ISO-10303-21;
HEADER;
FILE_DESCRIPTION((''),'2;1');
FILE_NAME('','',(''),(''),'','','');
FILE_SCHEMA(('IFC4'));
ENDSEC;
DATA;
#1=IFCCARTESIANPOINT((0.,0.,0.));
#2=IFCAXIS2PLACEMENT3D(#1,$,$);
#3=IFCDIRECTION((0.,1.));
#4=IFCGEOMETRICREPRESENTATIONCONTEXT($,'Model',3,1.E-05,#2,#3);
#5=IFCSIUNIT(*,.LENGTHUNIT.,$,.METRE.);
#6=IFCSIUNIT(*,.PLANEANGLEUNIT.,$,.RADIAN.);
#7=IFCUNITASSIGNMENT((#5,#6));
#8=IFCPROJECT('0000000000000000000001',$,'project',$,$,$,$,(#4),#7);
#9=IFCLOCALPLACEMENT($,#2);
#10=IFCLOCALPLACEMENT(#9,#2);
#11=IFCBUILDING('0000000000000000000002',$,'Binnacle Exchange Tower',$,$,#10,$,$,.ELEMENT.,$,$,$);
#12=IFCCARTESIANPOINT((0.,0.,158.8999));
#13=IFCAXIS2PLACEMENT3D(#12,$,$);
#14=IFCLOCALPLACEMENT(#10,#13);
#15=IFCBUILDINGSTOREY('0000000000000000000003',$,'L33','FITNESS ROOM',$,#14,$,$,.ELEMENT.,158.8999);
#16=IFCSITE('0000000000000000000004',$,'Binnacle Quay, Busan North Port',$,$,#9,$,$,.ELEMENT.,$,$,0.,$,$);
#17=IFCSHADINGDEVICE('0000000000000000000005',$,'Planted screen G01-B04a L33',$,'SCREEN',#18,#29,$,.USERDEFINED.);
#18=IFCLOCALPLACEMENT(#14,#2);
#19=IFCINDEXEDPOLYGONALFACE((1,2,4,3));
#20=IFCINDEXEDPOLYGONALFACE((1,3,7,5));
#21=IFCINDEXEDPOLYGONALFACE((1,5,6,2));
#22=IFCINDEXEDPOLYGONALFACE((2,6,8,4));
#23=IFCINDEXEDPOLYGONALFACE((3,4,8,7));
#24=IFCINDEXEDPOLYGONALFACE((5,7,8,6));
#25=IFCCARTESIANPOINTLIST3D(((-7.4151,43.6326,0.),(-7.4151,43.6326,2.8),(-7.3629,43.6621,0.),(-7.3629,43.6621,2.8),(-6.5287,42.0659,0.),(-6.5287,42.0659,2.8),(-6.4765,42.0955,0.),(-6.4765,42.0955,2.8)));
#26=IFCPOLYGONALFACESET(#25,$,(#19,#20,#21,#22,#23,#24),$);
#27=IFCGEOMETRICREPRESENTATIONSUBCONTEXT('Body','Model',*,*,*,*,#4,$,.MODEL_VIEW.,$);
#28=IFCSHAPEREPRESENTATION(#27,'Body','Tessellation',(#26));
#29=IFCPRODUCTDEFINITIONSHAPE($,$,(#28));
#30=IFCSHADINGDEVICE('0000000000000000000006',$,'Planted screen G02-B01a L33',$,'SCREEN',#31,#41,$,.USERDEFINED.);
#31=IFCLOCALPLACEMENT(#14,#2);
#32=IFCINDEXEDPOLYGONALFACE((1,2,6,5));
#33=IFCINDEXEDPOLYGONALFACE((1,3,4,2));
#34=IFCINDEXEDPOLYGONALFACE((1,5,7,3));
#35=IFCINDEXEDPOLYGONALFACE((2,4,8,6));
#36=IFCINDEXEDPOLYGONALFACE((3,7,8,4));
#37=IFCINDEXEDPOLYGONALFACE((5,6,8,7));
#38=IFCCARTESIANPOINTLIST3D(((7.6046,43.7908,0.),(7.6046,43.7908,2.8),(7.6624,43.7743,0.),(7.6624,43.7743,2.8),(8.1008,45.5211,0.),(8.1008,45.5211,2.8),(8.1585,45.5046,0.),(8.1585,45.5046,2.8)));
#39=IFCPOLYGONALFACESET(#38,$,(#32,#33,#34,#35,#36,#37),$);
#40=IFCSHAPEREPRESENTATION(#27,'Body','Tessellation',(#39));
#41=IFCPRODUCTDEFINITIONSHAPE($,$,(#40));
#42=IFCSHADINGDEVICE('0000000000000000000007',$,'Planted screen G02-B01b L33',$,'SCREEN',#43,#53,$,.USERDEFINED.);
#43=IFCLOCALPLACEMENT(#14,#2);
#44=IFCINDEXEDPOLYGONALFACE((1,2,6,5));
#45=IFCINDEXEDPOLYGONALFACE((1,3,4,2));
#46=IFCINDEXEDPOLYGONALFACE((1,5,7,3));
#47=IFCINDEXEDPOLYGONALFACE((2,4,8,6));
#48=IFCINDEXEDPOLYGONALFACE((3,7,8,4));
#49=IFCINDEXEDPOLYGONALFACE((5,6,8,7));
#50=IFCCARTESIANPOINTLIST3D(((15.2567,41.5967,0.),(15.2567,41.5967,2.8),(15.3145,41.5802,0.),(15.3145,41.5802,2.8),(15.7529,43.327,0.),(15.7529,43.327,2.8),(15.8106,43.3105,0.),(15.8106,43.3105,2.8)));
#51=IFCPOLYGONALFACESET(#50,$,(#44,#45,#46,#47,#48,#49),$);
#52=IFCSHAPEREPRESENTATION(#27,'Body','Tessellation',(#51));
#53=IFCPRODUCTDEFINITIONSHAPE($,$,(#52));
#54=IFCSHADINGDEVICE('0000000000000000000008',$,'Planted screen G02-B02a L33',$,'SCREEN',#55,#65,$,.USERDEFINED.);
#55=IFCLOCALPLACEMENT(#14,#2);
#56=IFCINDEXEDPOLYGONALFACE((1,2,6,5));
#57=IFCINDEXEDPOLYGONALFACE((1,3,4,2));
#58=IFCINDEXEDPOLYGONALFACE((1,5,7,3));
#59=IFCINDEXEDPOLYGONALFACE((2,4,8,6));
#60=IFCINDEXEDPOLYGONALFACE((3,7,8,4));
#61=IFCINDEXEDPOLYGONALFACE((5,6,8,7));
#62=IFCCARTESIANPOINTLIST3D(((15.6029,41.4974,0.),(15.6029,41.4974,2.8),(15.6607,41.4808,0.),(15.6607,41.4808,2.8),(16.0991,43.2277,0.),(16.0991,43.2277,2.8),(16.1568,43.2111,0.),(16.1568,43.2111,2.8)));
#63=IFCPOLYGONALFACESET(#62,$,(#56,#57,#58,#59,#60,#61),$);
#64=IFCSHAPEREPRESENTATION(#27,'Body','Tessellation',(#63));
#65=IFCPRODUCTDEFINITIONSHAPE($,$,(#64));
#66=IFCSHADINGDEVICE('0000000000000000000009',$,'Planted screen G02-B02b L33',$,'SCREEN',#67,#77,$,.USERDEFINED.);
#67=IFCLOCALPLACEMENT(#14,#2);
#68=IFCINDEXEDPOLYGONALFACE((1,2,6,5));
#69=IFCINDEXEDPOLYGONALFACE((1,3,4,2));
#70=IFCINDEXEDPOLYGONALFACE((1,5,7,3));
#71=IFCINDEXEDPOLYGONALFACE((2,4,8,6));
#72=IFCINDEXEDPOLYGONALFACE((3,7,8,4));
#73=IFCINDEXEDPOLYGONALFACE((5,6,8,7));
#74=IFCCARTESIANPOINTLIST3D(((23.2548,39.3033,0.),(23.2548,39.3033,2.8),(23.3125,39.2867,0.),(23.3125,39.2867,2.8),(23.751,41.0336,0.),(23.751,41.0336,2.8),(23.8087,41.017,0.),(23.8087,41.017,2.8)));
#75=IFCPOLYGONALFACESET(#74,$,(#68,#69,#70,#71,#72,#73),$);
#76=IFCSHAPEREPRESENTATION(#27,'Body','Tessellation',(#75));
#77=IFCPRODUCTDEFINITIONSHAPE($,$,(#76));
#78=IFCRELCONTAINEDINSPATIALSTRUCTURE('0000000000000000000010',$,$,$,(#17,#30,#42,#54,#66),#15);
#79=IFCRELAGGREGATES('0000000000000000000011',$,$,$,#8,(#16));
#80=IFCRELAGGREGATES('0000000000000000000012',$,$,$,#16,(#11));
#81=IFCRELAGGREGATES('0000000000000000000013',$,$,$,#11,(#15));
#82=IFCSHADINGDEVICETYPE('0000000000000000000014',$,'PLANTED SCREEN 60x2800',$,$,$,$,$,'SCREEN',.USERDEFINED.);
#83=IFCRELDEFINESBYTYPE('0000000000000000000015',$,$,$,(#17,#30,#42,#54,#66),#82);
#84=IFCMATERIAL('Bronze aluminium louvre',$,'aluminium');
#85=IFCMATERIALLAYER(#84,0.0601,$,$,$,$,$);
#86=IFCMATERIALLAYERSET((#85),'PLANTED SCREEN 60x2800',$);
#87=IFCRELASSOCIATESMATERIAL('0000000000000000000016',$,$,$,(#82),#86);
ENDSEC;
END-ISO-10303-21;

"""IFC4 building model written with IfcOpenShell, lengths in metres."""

from ifc_helpers import new_model, si_unit, direction, frame, origin, origin_2d, place, context, subcontext, project, spatial, rectangle, extrude, material, layer, layer_set, type_object, element, save


model = new_model("IFC4")

# Units and contexts
model_context = context("Model", 3, precision=1e-05, world=origin(), true_north=direction((0.0, 1.0)))
body_context = subcontext(model_context, "Body", "Model", "MODEL_VIEW")
ifc_project = project(units=[si_unit("LENGTHUNIT", "METRE"), si_unit("PLANEANGLEUNIT", "RADIAN")], contexts=[model_context])

# Site, building, storey
site_placement = place(None, origin())
site = spatial("IfcSite", under=ifc_project, at=site_placement, Name="Binnacle Quay, Busan North Port", CompositionType="ELEMENT", RefElevation=0.0)
building_placement = place(site_placement, origin())
building = spatial("IfcBuilding", under=site, at=building_placement, Name="Binnacle Exchange Tower", CompositionType="ELEMENT")
storey_placement = place(building_placement, frame((0.0, 0.0, 158.8999)))
storey = spatial("IfcBuildingStorey", under=building, at=storey_placement, Name="L33", Description="FITNESS ROOM", CompositionType="ELEMENT", Elevation=158.8999)

# Shading devices
ifc_material_1 = material(Name="Bronze aluminium louvre", Category="aluminium")
ifc_layer_1 = layer(ifc_material_1, 0.0601)
ifc_layer_set_1 = layer_set([ifc_layer_1], Name="PLANTED SCREEN 60x2800")
shading_device_type = type_object("IfcShadingDeviceType", Name="PLANTED SCREEN 60x2800", ElementType="SCREEN", PredefinedType="USERDEFINED", material=ifc_layer_set_1)
for number, where, z_axis, x_axis, name in (
    (1, (-6.9458, 42.864, 0.0), (0.0, 0.0, 1.0), (0.870356, 0.492424, 0.0), "Planted screen G01-B04a L33"),
    (2, (7.8816, 44.6477, 0.0), (0.0, 0.0, 1.0), (0.961262, -0.275637, 0.0), "Planted screen G02-B01a L33"),
    (3, (15.5337, 42.4536, 0.0), (0.0, 0.0, 1.0), (0.961262, -0.275637, 0.0), "Planted screen G02-B01b L33"),
    (4, (15.8799, 42.3542, 0.0), (0.0, 0.0, 1.0), (0.961262, -0.275637, 0.0), "Planted screen G02-B02a L33"),
    (5, (23.5317, 40.1602, 0.0), (0.0, 0.0, 1.0), (0.961262, -0.275637, 0.0), "Planted screen G02-B02b L33"),
):
    element("IfcShadingDevice", number, at=place(storey_placement, frame(where, z_axis=z_axis, x_axis=x_axis)), inside=storey, type_object=shading_device_type, Name=name, ObjectType="SCREEN", PredefinedType="USERDEFINED", context=body_context, shape_type="SweptSolid", body=[
        extrude(rectangle(XDim=0.0601, YDim=1.8, at=origin_2d()), origin(), (0.0, 0.0, 1.0), 2.8),
    ])

save(model, "model.ifc")
